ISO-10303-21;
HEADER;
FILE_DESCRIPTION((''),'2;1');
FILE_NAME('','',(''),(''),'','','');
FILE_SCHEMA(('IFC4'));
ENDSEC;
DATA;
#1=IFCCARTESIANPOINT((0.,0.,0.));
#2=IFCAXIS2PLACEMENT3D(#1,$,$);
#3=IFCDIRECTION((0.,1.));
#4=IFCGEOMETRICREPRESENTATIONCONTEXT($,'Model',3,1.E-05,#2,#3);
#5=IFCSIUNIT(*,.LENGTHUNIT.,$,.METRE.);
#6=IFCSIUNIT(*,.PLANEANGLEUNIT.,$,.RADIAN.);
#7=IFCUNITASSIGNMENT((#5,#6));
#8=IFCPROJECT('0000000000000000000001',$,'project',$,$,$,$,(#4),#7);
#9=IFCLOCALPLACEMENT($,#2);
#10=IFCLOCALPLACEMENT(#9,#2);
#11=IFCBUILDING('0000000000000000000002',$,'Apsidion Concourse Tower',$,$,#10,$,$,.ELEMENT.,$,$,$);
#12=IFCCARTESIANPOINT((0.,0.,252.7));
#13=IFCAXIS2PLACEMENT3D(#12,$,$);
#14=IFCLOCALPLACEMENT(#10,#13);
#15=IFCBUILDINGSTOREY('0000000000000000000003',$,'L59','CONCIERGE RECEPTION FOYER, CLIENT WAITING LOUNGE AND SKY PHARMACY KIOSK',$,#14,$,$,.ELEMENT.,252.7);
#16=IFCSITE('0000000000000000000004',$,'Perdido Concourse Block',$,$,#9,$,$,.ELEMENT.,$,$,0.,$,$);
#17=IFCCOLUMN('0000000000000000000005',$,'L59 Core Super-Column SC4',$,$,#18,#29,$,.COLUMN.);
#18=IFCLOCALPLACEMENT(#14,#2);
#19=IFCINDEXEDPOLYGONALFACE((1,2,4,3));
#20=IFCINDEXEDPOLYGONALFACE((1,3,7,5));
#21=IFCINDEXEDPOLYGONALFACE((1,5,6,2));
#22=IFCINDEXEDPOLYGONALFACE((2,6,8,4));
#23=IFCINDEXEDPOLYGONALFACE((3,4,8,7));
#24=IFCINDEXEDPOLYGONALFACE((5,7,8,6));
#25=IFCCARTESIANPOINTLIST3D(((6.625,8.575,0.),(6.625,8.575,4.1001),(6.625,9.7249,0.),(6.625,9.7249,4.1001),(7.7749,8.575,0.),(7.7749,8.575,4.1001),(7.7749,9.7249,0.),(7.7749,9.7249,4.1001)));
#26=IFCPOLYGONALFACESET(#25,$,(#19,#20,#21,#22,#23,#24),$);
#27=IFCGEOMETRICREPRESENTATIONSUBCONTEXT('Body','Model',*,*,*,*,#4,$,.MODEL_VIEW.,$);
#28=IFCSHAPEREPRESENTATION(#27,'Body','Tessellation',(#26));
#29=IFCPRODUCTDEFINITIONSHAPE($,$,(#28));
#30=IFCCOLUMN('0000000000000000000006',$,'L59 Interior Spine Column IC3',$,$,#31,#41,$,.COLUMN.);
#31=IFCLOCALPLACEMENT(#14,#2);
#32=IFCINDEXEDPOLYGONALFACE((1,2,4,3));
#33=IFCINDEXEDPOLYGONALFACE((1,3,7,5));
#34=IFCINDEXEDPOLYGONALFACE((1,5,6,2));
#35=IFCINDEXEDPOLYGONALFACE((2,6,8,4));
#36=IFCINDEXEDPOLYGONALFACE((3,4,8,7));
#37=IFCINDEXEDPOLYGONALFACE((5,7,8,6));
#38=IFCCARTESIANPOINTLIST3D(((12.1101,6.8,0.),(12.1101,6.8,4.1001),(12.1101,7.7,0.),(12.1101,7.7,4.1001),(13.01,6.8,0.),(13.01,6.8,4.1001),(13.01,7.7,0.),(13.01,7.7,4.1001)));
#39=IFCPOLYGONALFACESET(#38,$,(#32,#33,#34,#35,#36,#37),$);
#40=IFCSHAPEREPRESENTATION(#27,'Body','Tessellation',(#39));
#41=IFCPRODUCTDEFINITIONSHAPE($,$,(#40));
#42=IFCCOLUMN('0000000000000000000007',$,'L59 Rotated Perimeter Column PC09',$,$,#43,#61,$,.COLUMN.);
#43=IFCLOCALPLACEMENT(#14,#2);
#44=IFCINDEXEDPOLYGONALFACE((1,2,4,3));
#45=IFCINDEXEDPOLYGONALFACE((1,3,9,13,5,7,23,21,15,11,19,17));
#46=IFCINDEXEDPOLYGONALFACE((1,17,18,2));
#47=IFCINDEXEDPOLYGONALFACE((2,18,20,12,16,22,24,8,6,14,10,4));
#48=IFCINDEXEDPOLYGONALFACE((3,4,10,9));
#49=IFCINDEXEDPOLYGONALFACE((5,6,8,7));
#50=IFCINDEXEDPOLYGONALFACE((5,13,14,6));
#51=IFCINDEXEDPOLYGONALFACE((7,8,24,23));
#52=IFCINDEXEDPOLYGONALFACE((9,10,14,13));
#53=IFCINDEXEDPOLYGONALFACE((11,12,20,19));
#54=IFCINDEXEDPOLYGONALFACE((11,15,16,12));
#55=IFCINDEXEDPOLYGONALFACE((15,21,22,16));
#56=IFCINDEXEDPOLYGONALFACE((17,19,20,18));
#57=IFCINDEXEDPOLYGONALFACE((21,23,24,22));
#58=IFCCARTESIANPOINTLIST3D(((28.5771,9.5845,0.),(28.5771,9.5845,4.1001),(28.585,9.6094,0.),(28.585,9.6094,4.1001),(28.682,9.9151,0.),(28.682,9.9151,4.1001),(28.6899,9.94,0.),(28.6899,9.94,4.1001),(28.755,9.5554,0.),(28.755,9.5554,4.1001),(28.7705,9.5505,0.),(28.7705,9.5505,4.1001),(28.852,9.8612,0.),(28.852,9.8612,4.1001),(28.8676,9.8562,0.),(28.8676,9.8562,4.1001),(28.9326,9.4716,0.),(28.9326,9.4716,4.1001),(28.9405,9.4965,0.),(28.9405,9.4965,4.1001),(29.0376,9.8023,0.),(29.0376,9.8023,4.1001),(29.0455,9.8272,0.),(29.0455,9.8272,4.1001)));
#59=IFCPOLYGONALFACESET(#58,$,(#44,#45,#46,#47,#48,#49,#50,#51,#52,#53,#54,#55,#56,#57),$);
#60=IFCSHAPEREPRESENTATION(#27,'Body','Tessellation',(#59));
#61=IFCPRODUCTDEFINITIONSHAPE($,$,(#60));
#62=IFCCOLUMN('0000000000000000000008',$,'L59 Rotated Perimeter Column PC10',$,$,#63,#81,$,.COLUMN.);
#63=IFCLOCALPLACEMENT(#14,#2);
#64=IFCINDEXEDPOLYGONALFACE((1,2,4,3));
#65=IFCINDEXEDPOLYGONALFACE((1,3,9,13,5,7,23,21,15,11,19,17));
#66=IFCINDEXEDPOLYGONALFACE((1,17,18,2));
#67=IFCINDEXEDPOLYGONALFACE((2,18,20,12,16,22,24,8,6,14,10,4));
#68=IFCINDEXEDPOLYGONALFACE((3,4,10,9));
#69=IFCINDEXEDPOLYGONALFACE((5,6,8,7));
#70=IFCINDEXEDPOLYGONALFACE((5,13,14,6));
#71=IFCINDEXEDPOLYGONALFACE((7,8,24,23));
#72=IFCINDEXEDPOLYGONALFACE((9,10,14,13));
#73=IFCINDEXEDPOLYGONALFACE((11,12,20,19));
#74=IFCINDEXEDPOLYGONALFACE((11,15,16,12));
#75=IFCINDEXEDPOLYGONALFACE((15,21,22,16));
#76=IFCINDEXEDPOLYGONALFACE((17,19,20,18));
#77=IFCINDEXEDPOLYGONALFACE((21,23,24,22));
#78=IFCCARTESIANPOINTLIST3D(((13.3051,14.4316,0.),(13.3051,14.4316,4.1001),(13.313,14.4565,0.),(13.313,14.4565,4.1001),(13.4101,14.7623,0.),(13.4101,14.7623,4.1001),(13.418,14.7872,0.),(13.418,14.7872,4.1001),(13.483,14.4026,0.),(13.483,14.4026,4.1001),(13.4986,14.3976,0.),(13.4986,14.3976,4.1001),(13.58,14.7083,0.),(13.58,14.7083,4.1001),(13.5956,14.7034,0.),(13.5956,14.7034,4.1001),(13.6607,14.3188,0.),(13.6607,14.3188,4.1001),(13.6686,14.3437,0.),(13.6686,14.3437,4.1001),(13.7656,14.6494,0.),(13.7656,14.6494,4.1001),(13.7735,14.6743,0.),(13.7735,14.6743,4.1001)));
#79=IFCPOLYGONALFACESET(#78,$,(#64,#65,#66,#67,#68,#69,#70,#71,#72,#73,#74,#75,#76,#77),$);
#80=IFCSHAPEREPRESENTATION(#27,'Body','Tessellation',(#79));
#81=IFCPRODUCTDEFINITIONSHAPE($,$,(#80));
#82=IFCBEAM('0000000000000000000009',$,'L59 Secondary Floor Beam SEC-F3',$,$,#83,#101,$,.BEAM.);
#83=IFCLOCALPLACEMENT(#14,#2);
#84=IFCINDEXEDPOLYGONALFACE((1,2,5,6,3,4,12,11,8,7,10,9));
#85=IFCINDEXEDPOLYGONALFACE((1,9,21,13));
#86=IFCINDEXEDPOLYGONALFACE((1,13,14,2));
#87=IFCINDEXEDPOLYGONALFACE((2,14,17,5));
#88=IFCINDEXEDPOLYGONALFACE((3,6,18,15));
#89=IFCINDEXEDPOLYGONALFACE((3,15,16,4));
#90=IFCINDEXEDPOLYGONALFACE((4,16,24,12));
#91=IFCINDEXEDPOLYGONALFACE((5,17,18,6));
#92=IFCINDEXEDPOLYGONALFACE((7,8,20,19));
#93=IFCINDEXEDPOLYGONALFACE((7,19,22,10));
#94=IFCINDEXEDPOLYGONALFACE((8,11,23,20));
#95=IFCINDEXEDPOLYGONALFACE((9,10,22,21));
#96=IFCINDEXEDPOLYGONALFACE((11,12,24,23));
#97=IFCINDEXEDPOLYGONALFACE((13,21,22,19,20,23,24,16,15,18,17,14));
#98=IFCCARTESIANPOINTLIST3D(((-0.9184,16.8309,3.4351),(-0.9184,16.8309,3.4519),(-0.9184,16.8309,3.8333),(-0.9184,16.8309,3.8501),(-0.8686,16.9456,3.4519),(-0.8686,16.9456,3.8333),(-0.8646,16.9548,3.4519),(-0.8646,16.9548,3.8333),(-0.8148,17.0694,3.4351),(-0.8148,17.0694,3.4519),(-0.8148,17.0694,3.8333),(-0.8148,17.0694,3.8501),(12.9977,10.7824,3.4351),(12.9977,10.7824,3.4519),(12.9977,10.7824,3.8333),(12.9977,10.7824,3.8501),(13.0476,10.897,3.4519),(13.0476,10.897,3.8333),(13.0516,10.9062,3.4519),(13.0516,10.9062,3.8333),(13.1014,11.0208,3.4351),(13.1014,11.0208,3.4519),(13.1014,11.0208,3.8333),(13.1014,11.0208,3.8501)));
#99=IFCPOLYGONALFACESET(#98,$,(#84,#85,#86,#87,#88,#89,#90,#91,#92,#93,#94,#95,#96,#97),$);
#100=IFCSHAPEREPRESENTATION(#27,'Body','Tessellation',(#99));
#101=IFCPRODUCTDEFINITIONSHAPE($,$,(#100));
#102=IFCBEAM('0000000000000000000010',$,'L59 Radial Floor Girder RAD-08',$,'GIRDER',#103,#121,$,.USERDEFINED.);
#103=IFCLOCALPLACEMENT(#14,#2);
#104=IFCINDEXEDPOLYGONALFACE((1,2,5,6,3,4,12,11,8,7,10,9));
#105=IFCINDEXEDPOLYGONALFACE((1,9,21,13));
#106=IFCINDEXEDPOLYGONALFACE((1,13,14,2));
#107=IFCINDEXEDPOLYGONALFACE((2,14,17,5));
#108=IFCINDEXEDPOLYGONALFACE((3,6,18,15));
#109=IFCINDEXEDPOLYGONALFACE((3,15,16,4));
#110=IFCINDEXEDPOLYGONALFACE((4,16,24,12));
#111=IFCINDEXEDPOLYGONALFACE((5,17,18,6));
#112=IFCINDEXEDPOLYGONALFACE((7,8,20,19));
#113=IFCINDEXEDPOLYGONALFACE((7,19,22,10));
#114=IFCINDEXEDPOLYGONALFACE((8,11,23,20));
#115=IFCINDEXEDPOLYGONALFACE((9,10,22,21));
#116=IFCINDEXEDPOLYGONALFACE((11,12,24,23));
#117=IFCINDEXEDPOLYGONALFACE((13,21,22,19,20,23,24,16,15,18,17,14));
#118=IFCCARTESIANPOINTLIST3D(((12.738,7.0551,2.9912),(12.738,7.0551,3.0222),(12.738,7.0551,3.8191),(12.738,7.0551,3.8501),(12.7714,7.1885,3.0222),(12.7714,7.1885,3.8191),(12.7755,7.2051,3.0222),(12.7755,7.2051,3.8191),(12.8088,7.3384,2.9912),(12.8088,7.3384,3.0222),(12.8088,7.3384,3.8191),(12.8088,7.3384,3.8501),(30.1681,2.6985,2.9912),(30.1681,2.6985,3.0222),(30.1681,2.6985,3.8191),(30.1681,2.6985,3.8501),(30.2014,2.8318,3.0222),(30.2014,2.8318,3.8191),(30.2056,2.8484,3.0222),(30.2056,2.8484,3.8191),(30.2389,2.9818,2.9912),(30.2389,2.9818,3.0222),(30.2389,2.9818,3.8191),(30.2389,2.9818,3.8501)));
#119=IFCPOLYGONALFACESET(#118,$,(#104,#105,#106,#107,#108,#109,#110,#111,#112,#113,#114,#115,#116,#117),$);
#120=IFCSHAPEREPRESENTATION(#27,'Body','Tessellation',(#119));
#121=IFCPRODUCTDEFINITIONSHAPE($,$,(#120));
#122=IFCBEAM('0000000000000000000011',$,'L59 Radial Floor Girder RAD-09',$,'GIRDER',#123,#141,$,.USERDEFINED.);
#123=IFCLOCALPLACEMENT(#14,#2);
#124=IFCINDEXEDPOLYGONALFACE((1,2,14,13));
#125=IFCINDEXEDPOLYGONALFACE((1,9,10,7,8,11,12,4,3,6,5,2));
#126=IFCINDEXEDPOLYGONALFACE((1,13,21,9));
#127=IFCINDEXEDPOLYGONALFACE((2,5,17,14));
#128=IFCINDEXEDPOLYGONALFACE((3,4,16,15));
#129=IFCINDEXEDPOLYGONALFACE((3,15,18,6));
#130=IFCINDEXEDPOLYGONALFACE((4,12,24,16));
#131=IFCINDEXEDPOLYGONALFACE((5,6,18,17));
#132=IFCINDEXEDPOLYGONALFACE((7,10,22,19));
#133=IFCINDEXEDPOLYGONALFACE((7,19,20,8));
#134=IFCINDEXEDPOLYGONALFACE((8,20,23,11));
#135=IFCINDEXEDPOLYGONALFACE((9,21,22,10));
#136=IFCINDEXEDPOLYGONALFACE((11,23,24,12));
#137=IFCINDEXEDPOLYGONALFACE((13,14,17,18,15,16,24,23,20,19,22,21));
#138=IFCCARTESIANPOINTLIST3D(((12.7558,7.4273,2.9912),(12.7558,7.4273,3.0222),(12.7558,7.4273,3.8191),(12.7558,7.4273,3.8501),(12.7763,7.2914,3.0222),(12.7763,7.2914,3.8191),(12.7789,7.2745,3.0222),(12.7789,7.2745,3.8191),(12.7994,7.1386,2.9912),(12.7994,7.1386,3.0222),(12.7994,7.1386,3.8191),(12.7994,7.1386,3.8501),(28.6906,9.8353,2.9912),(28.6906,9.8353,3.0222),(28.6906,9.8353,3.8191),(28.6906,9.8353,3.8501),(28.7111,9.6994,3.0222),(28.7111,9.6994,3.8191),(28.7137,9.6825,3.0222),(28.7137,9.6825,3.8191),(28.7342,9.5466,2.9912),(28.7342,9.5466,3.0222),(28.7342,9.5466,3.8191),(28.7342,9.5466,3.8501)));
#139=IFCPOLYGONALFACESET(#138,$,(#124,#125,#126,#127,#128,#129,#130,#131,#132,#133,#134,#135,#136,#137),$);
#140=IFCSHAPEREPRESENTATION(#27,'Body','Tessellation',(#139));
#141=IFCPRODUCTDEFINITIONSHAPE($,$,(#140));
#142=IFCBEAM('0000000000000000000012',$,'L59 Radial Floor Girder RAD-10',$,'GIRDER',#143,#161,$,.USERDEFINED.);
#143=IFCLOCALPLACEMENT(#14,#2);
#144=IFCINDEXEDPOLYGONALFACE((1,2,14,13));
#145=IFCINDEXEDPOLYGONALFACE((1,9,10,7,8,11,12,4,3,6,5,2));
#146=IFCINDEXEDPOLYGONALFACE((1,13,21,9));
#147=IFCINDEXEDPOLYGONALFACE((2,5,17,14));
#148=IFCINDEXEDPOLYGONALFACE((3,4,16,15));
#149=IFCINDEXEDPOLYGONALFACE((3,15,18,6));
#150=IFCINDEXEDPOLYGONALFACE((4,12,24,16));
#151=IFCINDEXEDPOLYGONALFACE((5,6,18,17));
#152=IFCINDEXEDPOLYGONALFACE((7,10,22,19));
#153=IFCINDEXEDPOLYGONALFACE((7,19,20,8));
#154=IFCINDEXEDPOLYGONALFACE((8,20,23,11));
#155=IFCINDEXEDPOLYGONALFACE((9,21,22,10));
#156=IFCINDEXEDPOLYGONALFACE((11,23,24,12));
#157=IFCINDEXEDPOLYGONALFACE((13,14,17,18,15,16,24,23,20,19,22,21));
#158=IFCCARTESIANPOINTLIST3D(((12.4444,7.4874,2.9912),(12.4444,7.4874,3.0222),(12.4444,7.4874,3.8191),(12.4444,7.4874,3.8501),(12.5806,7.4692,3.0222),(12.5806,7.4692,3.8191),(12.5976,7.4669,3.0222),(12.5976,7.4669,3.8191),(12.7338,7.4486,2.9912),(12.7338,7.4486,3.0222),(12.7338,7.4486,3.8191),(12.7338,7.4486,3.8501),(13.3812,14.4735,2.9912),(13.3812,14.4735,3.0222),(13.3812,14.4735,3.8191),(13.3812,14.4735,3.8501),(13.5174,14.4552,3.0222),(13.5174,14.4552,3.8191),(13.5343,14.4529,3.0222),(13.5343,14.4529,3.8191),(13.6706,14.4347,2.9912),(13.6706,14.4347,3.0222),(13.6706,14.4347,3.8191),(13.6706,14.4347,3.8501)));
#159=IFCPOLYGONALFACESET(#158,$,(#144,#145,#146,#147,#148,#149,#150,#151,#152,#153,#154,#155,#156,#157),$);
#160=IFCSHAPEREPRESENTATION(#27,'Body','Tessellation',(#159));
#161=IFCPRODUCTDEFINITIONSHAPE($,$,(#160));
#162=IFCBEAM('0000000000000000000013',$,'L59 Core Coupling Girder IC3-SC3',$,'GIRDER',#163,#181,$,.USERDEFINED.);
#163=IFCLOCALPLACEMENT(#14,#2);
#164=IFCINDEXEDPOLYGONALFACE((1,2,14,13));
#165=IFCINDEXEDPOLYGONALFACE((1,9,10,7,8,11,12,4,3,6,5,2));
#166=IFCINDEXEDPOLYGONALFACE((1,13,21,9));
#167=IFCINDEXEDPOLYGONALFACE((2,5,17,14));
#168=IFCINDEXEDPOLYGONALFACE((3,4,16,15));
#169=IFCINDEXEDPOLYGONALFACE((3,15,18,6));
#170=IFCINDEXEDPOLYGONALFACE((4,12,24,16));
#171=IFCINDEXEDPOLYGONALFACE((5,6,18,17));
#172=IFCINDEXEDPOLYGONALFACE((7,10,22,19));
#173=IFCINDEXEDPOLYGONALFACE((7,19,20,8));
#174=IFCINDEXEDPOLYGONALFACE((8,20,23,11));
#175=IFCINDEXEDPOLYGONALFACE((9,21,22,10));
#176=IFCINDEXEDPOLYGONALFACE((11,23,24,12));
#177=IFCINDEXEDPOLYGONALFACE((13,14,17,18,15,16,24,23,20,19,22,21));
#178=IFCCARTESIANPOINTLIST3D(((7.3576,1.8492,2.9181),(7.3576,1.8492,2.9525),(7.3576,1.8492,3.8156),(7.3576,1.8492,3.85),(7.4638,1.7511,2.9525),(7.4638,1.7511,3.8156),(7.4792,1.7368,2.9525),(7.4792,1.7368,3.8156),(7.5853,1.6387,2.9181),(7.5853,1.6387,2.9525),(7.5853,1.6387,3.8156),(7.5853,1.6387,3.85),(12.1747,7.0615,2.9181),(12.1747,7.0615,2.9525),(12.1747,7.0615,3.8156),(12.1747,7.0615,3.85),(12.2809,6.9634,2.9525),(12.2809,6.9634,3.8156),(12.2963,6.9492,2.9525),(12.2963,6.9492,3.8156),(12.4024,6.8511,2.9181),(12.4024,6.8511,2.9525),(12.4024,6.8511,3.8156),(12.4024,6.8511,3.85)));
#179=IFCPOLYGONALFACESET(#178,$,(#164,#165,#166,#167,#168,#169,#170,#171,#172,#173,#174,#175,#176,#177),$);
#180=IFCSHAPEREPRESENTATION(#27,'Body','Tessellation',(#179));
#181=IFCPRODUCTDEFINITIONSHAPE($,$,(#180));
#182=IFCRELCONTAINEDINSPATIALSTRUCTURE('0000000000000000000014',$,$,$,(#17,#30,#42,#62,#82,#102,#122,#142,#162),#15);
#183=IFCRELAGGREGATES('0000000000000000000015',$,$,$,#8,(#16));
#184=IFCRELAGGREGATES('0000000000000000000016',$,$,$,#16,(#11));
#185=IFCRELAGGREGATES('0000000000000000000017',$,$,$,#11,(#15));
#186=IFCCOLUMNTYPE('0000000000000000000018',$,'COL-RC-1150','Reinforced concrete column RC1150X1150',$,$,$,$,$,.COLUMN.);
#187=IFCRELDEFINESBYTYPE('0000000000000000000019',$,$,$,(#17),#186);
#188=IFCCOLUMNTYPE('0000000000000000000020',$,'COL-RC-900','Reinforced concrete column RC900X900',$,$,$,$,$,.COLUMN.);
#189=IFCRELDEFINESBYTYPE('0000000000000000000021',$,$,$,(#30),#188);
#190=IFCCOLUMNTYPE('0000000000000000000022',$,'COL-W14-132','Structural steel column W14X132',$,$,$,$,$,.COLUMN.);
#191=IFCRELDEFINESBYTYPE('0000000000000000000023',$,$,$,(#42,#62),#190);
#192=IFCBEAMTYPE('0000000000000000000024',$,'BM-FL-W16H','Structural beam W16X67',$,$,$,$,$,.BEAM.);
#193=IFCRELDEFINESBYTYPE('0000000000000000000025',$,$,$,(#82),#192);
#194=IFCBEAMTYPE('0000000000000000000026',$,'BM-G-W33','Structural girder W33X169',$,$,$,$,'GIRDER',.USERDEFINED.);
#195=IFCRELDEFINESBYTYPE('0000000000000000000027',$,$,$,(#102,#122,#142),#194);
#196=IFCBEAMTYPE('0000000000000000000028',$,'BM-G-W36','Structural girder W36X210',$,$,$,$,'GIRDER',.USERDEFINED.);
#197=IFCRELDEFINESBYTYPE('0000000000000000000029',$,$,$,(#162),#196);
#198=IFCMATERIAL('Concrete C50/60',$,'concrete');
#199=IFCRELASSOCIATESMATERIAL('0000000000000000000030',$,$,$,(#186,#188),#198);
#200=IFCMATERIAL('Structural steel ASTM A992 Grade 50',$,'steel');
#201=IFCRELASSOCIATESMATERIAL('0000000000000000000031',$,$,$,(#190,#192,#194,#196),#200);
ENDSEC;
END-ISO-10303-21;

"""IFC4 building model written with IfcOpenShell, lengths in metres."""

from ifc_helpers import new_model, si_unit, direction, frame, origin, origin_2d, place, context, subcontext, project, spatial, rectangle, i_section, extrude, material, material_profile, profile_set, type_object, element, save


model = new_model("IFC4")

# Units and contexts
model_context = context("Model", 3, precision=1e-05, world=origin(), true_north=direction((0.0, 1.0)))
body_context = subcontext(model_context, "Body", "Model", "MODEL_VIEW")
ifc_project = project(units=[si_unit("LENGTHUNIT", "METRE"), si_unit("PLANEANGLEUNIT", "RADIAN")], contexts=[model_context])

# Site, building, storey
site_placement = place(None, origin())
site = spatial("IfcSite", under=ifc_project, at=site_placement, Name="Perdido Concourse Block", CompositionType="ELEMENT", RefElevation=0.0)
building_placement = place(site_placement, origin())
building = spatial("IfcBuilding", under=site, at=building_placement, Name="Apsidion Concourse Tower", CompositionType="ELEMENT")
storey_placement = place(building_placement, frame((0.0, 0.0, 252.7)))
storey = spatial("IfcBuildingStorey", under=building, at=storey_placement, Name="L59", Description="CONCIERGE RECEPTION FOYER, CLIENT WAITING LOUNGE AND SKY PHARMACY KIOSK", CompositionType="ELEMENT", Elevation=252.7)

# Columns
ifc_material_1 = material(Name="Concrete C50/60", Category="concrete")
ifc_material_profile_1 = material_profile(ifc_material_1, rectangle(XDim=1.1499, YDim=1.1499, at=origin_2d()), Name="RC 1150x1150")
ifc_profile_set_1 = profile_set([ifc_material_profile_1], Name="Concrete C50/60")
column_type_1 = type_object("IfcColumnType", Name="COL-RC-1150", Description="Reinforced concrete column RC1150X1150", PredefinedType="COLUMN", material=ifc_profile_set_1)
column_1_placement = place(storey_placement, frame((7.2, 9.1499, 0.0), z_axis=(0.0, 0.0, 1.0), x_axis=(1.0, 0.0, 0.0)))
element("IfcColumn", 1, at=column_1_placement, inside=storey, type_object=column_type_1, Name="L59 Core Super-Column SC4", PredefinedType="COLUMN", context=body_context, shape_type="SweptSolid", body=[
    extrude(rectangle(XDim=1.1499, YDim=1.1499, at=origin_2d()), origin(), (0.0, 0.0, 1.0), 4.1001),
])
ifc_material_profile_2 = material_profile(ifc_material_1, rectangle(XDim=0.8999, YDim=0.8999, at=origin_2d()), Name="RC 900x900")
ifc_profile_set_2 = profile_set([ifc_material_profile_2], Name="Concrete C50/60")
column_type_2 = type_object("IfcColumnType", Name="COL-RC-900", Description="Reinforced concrete column RC900X900", PredefinedType="COLUMN", material=ifc_profile_set_2)
column_2_placement = place(storey_placement, frame((12.5601, 7.25, 0.0), z_axis=(0.0, 0.0, 1.0), x_axis=(1.0, 0.0, 0.0)))
element("IfcColumn", 2, at=column_2_placement, inside=storey, type_object=column_type_2, Name="L59 Interior Spine Column IC3", PredefinedType="COLUMN", context=body_context, shape_type="SweptSolid", body=[
    extrude(rectangle(XDim=0.8999, YDim=0.8999, at=origin_2d()), origin(), (0.0, 0.0, 1.0), 4.1001),
])
ifc_material_2 = material(Name="Structural steel ASTM A992 Grade 50", Category="steel")
ifc_material_profile_3 = material_profile(ifc_material_2, i_section(OverallWidth=0.373, OverallDepth=0.373, WebThickness=0.0164, FlangeThickness=0.0261, at=origin_2d()), Name="W14X132")
ifc_profile_set_3 = profile_set([ifc_material_profile_3], Name="Structural steel ASTM A992 Grade 50")
column_type_3 = type_object("IfcColumnType", Name="COL-W14-132", Description="Structural steel column W14X132", PredefinedType="COLUMN", material=ifc_profile_set_3)
for number, where, z_axis, x_axis, name in (
    (3, (28.8113, 9.7058, 0.0), (0.0, 0.0, 1.0), (-0.953138, 0.302536, 0.0), "L59 Rotated Perimeter Column PC09"),
    (4, (13.5393, 14.553, 0.0), (0.0, 0.0, 1.0), (-0.953138, 0.302536, 0.0), "L59 Rotated Perimeter Column PC10"),
):
    element("IfcColumn", number, at=place(storey_placement, frame(where, z_axis=z_axis, x_axis=x_axis)), inside=storey, type_object=column_type_3, Name=name, PredefinedType="COLUMN", context=body_context, shape_type="SweptSolid", body=[
        extrude(i_section(OverallWidth=0.373, OverallDepth=0.373, WebThickness=0.0164, FlangeThickness=0.0261, at=origin_2d()), origin(), (0.0, 0.0, 1.0), 4.1001),
    ])

# Beams
ifc_material_profile_4 = material_profile(ifc_material_2, i_section(OverallWidth=0.26, OverallDepth=0.415, WebThickness=0.01, FlangeThickness=0.0168, at=origin_2d()), Name="W16X67")
ifc_profile_set_4 = profile_set([ifc_material_profile_4], Name="Structural steel ASTM A992 Grade 50")
beam_type_1 = type_object("IfcBeamType", Name="BM-FL-W16H", Description="Structural beam W16X67", PredefinedType="BEAM", material=ifc_profile_set_4)
beam_1_placement = place(storey_placement, frame((13.0496, 10.9016, 3.6426), z_axis=(-0.917117, 0.398617, 0.0), x_axis=(-0.398617, -0.917117, 0.0)))
element("IfcBeam", 5, at=beam_1_placement, inside=storey, type_object=beam_type_1, Name="L59 Secondary Floor Beam SEC-F3", PredefinedType="BEAM", context=body_context, shape_type="SweptSolid", body=[
    extrude(i_section(OverallWidth=0.26, OverallDepth=0.415, WebThickness=0.01, FlangeThickness=0.0168, at=origin_2d()), origin(), (0.0, 0.0, 1.0), 15.1738),
])
ifc_material_profile_5 = material_profile(ifc_material_2, i_section(OverallWidth=0.292, OverallDepth=0.8589, WebThickness=0.0171, FlangeThickness=0.031, at=origin_2d()), Name="W33X169")
ifc_profile_set_5 = profile_set([ifc_material_profile_5], Name="Structural steel ASTM A992 Grade 50")
beam_type_2 = type_object("IfcBeamType", Name="BM-G-W33", Description="Structural girder W33X169", ElementType="GIRDER", PredefinedType="USERDEFINED", material=ifc_profile_set_5)
beam_2_placement = place(storey_placement, frame((12.7734, 7.1968, 3.4207), z_axis=(0.970154, -0.242491, 0.0), x_axis=(0.242491, 0.970154, 0.0)))
element("IfcBeam", 6, at=beam_2_placement, inside=storey, type_object=beam_type_2, Name="L59 Radial Floor Girder RAD-08", ObjectType="GIRDER", PredefinedType="USERDEFINED", context=body_context, shape_type="SweptSolid", body=[
    extrude(i_section(OverallWidth=0.292, OverallDepth=0.8589, WebThickness=0.0171, FlangeThickness=0.031, at=origin_2d()), origin(), (0.0, 0.0, 1.0), 17.9663),
])
beam_3_placement = place(storey_placement, frame((12.7776, 7.283, 3.4207), z_axis=(0.988774, 0.149417, 0.0), x_axis=(-0.149417, 0.988774, 0.0)))
element("IfcBeam", 7, at=beam_3_placement, inside=storey, type_object=beam_type_2, Name="L59 Radial Floor Girder RAD-09", ObjectType="GIRDER", PredefinedType="USERDEFINED", context=body_context, shape_type="SweptSolid", body=[
    extrude(i_section(OverallWidth=0.292, OverallDepth=0.8589, WebThickness=0.0171, FlangeThickness=0.031, at=origin_2d()), origin(), (0.0, 0.0, 1.0), 16.1157),
])
beam_4_placement = place(storey_placement, frame((12.5891, 7.468, 3.4207), z_axis=(0.132901, 0.991129, 0.0), x_axis=(-0.991129, 0.132901, 0.0)))
element("IfcBeam", 8, at=beam_4_placement, inside=storey, type_object=beam_type_2, Name="L59 Radial Floor Girder RAD-10", ObjectType="GIRDER", PredefinedType="USERDEFINED", context=body_context, shape_type="SweptSolid", body=[
    extrude(i_section(OverallWidth=0.292, OverallDepth=0.8589, WebThickness=0.0171, FlangeThickness=0.031, at=origin_2d()), origin(), (0.0, 0.0, 1.0), 7.0486),
])
ifc_material_profile_6 = material_profile(ifc_material_2, i_section(OverallWidth=0.3101, OverallDepth=0.9319, WebThickness=0.021, FlangeThickness=0.0344, at=origin_2d()), Name="W36X210")
ifc_profile_set_6 = profile_set([ifc_material_profile_6], Name="Structural steel ASTM A992 Grade 50")
beam_type_3 = type_object("IfcBeamType", Name="BM-G-W36", Description="Structural girder W36X210", ElementType="GIRDER", PredefinedType="USERDEFINED", material=ifc_profile_set_6)
beam_5_placement = place(storey_placement, frame((12.2886, 6.9563, 3.384), z_axis=(-0.678713, -0.734404, 0.0), x_axis=(0.734404, -0.678713, 0.0)))
element("IfcBeam", 9, at=beam_5_placement, inside=storey, type_object=beam_type_3, Name="L59 Core Coupling Girder IC3-SC3", ObjectType="GIRDER", PredefinedType="USERDEFINED", context=body_context, shape_type="SweptSolid", body=[
    extrude(i_section(OverallWidth=0.3101, OverallDepth=0.9319, WebThickness=0.021, FlangeThickness=0.0344, at=origin_2d()), origin(), (0.0, 0.0, 1.0), 7.0974),
])

save(model, "model.ifc")
